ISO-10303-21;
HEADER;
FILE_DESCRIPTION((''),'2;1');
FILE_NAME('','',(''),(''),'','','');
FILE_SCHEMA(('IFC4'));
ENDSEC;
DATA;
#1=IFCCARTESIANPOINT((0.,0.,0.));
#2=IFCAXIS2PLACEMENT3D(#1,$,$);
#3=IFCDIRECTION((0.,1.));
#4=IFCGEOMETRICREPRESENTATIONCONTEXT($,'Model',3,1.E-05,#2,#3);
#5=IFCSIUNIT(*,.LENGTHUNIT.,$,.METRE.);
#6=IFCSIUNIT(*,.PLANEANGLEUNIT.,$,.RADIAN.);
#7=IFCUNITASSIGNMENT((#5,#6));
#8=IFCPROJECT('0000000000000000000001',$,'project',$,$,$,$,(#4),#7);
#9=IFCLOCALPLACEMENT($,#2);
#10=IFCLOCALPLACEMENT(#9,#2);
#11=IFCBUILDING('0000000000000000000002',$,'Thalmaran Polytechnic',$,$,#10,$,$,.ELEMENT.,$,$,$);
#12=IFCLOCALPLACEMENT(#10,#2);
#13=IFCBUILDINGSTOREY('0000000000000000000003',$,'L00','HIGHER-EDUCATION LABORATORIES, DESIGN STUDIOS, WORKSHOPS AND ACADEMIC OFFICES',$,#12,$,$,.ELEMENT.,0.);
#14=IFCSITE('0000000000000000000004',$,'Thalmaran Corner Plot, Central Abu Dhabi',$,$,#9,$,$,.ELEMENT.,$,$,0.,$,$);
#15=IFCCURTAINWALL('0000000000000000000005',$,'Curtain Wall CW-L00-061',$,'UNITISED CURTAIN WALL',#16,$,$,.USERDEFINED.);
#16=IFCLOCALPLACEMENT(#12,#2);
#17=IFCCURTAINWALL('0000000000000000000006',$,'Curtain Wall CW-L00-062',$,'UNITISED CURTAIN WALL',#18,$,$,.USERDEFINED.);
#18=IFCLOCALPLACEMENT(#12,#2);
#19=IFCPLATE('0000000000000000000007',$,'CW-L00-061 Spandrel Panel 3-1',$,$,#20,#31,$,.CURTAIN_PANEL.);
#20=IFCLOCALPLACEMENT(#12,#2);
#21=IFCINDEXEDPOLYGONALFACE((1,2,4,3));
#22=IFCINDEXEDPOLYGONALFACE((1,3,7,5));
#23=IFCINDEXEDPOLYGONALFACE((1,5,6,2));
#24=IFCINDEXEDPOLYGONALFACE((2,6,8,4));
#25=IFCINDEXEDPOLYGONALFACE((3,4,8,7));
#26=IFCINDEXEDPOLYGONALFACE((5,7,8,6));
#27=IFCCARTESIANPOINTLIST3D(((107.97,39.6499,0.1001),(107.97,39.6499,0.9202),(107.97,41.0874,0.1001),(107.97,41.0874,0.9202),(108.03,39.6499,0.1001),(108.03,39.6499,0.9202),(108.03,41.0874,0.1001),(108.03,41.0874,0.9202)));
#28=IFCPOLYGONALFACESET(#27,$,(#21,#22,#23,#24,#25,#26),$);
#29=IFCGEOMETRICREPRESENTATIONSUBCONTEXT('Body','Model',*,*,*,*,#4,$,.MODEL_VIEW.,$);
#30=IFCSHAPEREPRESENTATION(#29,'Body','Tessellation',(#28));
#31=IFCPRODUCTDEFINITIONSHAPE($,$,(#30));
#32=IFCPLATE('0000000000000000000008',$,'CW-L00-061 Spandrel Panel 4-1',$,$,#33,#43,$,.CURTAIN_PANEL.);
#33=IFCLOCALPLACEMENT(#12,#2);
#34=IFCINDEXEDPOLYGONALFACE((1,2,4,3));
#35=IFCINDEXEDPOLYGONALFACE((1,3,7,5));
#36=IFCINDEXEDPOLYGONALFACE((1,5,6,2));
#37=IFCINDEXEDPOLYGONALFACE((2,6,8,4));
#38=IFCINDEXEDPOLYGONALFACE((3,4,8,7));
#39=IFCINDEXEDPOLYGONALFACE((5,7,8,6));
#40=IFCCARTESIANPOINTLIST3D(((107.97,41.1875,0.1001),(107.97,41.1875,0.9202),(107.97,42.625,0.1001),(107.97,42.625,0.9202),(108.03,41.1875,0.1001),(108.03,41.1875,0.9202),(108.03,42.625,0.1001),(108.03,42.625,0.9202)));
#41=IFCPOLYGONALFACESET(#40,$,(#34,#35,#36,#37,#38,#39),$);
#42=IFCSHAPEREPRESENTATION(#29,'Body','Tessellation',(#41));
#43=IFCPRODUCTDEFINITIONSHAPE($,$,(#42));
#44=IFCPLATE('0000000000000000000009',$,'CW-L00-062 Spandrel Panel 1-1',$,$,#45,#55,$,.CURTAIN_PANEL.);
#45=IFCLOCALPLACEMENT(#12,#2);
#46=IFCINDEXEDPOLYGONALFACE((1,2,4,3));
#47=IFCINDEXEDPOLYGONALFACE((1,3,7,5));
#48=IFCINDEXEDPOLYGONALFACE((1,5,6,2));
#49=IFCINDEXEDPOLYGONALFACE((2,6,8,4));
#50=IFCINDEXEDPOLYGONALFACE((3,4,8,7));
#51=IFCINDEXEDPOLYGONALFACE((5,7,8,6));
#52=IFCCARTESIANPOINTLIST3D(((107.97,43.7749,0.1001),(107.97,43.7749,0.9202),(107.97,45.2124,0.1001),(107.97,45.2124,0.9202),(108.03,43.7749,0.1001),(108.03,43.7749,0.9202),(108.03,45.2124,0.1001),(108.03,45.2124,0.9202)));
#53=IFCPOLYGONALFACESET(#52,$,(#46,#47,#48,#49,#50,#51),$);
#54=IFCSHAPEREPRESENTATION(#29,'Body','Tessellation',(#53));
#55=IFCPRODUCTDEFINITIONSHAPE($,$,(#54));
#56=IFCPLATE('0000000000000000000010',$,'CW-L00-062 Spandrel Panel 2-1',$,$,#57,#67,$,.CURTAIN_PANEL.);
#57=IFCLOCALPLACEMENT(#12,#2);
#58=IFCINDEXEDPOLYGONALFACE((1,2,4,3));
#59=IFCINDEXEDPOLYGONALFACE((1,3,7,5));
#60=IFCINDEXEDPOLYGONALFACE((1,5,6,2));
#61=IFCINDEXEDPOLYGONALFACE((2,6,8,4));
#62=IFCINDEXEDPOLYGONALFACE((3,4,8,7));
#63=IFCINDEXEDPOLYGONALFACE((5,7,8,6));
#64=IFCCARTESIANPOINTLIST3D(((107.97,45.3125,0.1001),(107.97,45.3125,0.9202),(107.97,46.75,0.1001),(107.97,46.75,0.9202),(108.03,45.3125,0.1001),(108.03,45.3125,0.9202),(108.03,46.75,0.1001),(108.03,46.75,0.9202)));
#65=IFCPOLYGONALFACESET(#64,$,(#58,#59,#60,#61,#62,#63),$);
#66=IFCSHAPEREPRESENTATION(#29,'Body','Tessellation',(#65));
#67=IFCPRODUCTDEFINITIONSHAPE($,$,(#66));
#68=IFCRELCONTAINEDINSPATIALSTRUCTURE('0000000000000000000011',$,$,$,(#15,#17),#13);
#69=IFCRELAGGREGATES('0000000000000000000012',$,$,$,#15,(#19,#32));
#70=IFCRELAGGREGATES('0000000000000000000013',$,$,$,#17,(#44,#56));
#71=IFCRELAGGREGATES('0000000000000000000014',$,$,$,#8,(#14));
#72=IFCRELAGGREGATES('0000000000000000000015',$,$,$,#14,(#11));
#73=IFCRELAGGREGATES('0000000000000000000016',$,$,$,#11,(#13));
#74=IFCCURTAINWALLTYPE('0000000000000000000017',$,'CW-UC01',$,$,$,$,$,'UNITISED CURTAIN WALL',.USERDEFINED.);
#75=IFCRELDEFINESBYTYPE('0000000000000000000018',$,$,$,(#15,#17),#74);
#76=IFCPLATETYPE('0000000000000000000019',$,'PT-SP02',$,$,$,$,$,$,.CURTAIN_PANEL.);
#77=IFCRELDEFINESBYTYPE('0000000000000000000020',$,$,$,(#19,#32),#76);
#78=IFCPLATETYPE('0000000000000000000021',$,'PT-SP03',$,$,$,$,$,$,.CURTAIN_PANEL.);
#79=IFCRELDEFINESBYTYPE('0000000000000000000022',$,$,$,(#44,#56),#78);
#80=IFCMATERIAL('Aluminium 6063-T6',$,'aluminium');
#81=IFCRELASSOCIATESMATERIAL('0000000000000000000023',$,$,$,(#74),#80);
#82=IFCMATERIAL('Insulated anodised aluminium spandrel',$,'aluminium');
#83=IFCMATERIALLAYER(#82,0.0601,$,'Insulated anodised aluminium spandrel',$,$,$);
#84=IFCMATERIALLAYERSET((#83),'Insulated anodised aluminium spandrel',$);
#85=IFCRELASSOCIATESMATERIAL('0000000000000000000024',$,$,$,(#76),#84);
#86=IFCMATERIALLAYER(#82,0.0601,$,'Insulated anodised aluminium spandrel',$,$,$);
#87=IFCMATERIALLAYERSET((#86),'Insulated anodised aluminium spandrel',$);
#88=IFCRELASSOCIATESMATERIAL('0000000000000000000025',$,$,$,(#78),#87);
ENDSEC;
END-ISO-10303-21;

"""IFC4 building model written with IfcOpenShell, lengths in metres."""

from ifc_helpers import new_model, si_unit, direction, frame, origin, origin_2d, place, context, subcontext, project, spatial, rectangle, extrude, material, layer, layer_set, type_object, element, aggregate, save


model = new_model("IFC4")

# Units and contexts
model_context = context("Model", 3, precision=1e-05, world=origin(), true_north=direction((0.0, 1.0)))
body_context = subcontext(model_context, "Body", "Model", "MODEL_VIEW")
ifc_project = project(units=[si_unit("LENGTHUNIT", "METRE"), si_unit("PLANEANGLEUNIT", "RADIAN")], contexts=[model_context])

# Site, building, storey
site_placement = place(None, origin())
site = spatial("IfcSite", under=ifc_project, at=site_placement, Name="Thalmaran Corner Plot, Central Abu Dhabi", CompositionType="ELEMENT", RefElevation=0.0)
building_placement = place(site_placement, origin())
building = spatial("IfcBuilding", under=site, at=building_placement, Name="Thalmaran Polytechnic", CompositionType="ELEMENT")
storey_placement = place(building_placement, origin())
storey = spatial("IfcBuildingStorey", under=building, at=storey_placement, Name="L00", Description="HIGHER-EDUCATION LABORATORIES, DESIGN STUDIOS, WORKSHOPS AND ACADEMIC OFFICES", CompositionType="ELEMENT", Elevation=0.0)

# Curtain walls
ifc_material_1 = material(Name="Aluminium 6063-T6", Category="aluminium")
curtain_wall_type = type_object("IfcCurtainWallType", Name="CW-UC01", ElementType="UNITISED CURTAIN WALL", PredefinedType="USERDEFINED", material=ifc_material_1)
curtain_wall_1_placement = place(storey_placement, origin())
curtain_wall_1 = element("IfcCurtainWall", 1, at=curtain_wall_1_placement, inside=storey, type_object=curtain_wall_type, Name="Curtain Wall CW-L00-061", ObjectType="UNITISED CURTAIN WALL", PredefinedType="USERDEFINED")
curtain_wall_2_placement = place(storey_placement, origin())
curtain_wall_2 = element("IfcCurtainWall", 2, at=curtain_wall_2_placement, inside=storey, type_object=curtain_wall_type, Name="Curtain Wall CW-L00-062", ObjectType="UNITISED CURTAIN WALL", PredefinedType="USERDEFINED")

# Plates
ifc_material_2 = material(Name="Insulated anodised aluminium spandrel", Category="aluminium")
ifc_layer_1 = layer(ifc_material_2, 0.0601, Name="Insulated anodised aluminium spandrel")
ifc_layer_set_1 = layer_set([ifc_layer_1], Name="Insulated anodised aluminium spandrel")
plate_type_1 = type_object("IfcPlateType", Name="PT-SP02", PredefinedType="CURTAIN_PANEL", material=ifc_layer_set_1)
plate_1_placement = place(storey_placement, frame((108.0, 40.3687, 0.1001), z_axis=(0.0, 0.0, 1.0), x_axis=(0.0, 1.0, 0.0)))
plate_1 = element("IfcPlate", 3, at=plate_1_placement, type_object=plate_type_1, Name="CW-L00-061 Spandrel Panel 3-1", PredefinedType="CURTAIN_PANEL", context=body_context, shape_type="SweptSolid", body=[
    extrude(rectangle(XDim=1.4375, YDim=0.0601, at=origin_2d()), origin(), (0.0, 0.0, 1.0), 0.8201),
])
plate_2_placement = place(storey_placement, frame((108.0, 41.9062, 0.1001), z_axis=(0.0, 0.0, 1.0), x_axis=(0.0, 1.0, 0.0)))
plate_2 = element("IfcPlate", 4, at=plate_2_placement, type_object=plate_type_1, Name="CW-L00-061 Spandrel Panel 4-1", PredefinedType="CURTAIN_PANEL", context=body_context, shape_type="SweptSolid", body=[
    extrude(rectangle(XDim=1.4375, YDim=0.0601, at=origin_2d()), origin(), (0.0, 0.0, 1.0), 0.8201),
])
aggregate(curtain_wall_1, [plate_1, plate_2])
ifc_layer_2 = layer(ifc_material_2, 0.0601, Name="Insulated anodised aluminium spandrel")
ifc_layer_set_2 = layer_set([ifc_layer_2], Name="Insulated anodised aluminium spandrel")
plate_type_2 = type_object("IfcPlateType", Name="PT-SP03", PredefinedType="CURTAIN_PANEL", material=ifc_layer_set_2)
plate_3_placement = place(storey_placement, frame((108.0, 44.4937, 0.1001), z_axis=(0.0, 0.0, 1.0), x_axis=(0.0, 1.0, 0.0)))
plate_3 = element("IfcPlate", 5, at=plate_3_placement, type_object=plate_type_2, Name="CW-L00-062 Spandrel Panel 1-1", PredefinedType="CURTAIN_PANEL", context=body_context, shape_type="SweptSolid", body=[
    extrude(rectangle(XDim=1.4375, YDim=0.0601, at=origin_2d()), origin(), (0.0, 0.0, 1.0), 0.8201),
])
plate_4_placement = place(storey_placement, frame((108.0, 46.0312, 0.1001), z_axis=(0.0, 0.0, 1.0), x_axis=(0.0, 1.0, 0.0)))
plate_4 = element("IfcPlate", 6, at=plate_4_placement, type_object=plate_type_2, Name="CW-L00-062 Spandrel Panel 2-1", PredefinedType="CURTAIN_PANEL", context=body_context, shape_type="SweptSolid", body=[
    extrude(rectangle(XDim=1.4375, YDim=0.0601, at=origin_2d()), origin(), (0.0, 0.0, 1.0), 0.8201),
])
aggregate(curtain_wall_2, [plate_3, plate_4])

save(model, "model.ifc")
